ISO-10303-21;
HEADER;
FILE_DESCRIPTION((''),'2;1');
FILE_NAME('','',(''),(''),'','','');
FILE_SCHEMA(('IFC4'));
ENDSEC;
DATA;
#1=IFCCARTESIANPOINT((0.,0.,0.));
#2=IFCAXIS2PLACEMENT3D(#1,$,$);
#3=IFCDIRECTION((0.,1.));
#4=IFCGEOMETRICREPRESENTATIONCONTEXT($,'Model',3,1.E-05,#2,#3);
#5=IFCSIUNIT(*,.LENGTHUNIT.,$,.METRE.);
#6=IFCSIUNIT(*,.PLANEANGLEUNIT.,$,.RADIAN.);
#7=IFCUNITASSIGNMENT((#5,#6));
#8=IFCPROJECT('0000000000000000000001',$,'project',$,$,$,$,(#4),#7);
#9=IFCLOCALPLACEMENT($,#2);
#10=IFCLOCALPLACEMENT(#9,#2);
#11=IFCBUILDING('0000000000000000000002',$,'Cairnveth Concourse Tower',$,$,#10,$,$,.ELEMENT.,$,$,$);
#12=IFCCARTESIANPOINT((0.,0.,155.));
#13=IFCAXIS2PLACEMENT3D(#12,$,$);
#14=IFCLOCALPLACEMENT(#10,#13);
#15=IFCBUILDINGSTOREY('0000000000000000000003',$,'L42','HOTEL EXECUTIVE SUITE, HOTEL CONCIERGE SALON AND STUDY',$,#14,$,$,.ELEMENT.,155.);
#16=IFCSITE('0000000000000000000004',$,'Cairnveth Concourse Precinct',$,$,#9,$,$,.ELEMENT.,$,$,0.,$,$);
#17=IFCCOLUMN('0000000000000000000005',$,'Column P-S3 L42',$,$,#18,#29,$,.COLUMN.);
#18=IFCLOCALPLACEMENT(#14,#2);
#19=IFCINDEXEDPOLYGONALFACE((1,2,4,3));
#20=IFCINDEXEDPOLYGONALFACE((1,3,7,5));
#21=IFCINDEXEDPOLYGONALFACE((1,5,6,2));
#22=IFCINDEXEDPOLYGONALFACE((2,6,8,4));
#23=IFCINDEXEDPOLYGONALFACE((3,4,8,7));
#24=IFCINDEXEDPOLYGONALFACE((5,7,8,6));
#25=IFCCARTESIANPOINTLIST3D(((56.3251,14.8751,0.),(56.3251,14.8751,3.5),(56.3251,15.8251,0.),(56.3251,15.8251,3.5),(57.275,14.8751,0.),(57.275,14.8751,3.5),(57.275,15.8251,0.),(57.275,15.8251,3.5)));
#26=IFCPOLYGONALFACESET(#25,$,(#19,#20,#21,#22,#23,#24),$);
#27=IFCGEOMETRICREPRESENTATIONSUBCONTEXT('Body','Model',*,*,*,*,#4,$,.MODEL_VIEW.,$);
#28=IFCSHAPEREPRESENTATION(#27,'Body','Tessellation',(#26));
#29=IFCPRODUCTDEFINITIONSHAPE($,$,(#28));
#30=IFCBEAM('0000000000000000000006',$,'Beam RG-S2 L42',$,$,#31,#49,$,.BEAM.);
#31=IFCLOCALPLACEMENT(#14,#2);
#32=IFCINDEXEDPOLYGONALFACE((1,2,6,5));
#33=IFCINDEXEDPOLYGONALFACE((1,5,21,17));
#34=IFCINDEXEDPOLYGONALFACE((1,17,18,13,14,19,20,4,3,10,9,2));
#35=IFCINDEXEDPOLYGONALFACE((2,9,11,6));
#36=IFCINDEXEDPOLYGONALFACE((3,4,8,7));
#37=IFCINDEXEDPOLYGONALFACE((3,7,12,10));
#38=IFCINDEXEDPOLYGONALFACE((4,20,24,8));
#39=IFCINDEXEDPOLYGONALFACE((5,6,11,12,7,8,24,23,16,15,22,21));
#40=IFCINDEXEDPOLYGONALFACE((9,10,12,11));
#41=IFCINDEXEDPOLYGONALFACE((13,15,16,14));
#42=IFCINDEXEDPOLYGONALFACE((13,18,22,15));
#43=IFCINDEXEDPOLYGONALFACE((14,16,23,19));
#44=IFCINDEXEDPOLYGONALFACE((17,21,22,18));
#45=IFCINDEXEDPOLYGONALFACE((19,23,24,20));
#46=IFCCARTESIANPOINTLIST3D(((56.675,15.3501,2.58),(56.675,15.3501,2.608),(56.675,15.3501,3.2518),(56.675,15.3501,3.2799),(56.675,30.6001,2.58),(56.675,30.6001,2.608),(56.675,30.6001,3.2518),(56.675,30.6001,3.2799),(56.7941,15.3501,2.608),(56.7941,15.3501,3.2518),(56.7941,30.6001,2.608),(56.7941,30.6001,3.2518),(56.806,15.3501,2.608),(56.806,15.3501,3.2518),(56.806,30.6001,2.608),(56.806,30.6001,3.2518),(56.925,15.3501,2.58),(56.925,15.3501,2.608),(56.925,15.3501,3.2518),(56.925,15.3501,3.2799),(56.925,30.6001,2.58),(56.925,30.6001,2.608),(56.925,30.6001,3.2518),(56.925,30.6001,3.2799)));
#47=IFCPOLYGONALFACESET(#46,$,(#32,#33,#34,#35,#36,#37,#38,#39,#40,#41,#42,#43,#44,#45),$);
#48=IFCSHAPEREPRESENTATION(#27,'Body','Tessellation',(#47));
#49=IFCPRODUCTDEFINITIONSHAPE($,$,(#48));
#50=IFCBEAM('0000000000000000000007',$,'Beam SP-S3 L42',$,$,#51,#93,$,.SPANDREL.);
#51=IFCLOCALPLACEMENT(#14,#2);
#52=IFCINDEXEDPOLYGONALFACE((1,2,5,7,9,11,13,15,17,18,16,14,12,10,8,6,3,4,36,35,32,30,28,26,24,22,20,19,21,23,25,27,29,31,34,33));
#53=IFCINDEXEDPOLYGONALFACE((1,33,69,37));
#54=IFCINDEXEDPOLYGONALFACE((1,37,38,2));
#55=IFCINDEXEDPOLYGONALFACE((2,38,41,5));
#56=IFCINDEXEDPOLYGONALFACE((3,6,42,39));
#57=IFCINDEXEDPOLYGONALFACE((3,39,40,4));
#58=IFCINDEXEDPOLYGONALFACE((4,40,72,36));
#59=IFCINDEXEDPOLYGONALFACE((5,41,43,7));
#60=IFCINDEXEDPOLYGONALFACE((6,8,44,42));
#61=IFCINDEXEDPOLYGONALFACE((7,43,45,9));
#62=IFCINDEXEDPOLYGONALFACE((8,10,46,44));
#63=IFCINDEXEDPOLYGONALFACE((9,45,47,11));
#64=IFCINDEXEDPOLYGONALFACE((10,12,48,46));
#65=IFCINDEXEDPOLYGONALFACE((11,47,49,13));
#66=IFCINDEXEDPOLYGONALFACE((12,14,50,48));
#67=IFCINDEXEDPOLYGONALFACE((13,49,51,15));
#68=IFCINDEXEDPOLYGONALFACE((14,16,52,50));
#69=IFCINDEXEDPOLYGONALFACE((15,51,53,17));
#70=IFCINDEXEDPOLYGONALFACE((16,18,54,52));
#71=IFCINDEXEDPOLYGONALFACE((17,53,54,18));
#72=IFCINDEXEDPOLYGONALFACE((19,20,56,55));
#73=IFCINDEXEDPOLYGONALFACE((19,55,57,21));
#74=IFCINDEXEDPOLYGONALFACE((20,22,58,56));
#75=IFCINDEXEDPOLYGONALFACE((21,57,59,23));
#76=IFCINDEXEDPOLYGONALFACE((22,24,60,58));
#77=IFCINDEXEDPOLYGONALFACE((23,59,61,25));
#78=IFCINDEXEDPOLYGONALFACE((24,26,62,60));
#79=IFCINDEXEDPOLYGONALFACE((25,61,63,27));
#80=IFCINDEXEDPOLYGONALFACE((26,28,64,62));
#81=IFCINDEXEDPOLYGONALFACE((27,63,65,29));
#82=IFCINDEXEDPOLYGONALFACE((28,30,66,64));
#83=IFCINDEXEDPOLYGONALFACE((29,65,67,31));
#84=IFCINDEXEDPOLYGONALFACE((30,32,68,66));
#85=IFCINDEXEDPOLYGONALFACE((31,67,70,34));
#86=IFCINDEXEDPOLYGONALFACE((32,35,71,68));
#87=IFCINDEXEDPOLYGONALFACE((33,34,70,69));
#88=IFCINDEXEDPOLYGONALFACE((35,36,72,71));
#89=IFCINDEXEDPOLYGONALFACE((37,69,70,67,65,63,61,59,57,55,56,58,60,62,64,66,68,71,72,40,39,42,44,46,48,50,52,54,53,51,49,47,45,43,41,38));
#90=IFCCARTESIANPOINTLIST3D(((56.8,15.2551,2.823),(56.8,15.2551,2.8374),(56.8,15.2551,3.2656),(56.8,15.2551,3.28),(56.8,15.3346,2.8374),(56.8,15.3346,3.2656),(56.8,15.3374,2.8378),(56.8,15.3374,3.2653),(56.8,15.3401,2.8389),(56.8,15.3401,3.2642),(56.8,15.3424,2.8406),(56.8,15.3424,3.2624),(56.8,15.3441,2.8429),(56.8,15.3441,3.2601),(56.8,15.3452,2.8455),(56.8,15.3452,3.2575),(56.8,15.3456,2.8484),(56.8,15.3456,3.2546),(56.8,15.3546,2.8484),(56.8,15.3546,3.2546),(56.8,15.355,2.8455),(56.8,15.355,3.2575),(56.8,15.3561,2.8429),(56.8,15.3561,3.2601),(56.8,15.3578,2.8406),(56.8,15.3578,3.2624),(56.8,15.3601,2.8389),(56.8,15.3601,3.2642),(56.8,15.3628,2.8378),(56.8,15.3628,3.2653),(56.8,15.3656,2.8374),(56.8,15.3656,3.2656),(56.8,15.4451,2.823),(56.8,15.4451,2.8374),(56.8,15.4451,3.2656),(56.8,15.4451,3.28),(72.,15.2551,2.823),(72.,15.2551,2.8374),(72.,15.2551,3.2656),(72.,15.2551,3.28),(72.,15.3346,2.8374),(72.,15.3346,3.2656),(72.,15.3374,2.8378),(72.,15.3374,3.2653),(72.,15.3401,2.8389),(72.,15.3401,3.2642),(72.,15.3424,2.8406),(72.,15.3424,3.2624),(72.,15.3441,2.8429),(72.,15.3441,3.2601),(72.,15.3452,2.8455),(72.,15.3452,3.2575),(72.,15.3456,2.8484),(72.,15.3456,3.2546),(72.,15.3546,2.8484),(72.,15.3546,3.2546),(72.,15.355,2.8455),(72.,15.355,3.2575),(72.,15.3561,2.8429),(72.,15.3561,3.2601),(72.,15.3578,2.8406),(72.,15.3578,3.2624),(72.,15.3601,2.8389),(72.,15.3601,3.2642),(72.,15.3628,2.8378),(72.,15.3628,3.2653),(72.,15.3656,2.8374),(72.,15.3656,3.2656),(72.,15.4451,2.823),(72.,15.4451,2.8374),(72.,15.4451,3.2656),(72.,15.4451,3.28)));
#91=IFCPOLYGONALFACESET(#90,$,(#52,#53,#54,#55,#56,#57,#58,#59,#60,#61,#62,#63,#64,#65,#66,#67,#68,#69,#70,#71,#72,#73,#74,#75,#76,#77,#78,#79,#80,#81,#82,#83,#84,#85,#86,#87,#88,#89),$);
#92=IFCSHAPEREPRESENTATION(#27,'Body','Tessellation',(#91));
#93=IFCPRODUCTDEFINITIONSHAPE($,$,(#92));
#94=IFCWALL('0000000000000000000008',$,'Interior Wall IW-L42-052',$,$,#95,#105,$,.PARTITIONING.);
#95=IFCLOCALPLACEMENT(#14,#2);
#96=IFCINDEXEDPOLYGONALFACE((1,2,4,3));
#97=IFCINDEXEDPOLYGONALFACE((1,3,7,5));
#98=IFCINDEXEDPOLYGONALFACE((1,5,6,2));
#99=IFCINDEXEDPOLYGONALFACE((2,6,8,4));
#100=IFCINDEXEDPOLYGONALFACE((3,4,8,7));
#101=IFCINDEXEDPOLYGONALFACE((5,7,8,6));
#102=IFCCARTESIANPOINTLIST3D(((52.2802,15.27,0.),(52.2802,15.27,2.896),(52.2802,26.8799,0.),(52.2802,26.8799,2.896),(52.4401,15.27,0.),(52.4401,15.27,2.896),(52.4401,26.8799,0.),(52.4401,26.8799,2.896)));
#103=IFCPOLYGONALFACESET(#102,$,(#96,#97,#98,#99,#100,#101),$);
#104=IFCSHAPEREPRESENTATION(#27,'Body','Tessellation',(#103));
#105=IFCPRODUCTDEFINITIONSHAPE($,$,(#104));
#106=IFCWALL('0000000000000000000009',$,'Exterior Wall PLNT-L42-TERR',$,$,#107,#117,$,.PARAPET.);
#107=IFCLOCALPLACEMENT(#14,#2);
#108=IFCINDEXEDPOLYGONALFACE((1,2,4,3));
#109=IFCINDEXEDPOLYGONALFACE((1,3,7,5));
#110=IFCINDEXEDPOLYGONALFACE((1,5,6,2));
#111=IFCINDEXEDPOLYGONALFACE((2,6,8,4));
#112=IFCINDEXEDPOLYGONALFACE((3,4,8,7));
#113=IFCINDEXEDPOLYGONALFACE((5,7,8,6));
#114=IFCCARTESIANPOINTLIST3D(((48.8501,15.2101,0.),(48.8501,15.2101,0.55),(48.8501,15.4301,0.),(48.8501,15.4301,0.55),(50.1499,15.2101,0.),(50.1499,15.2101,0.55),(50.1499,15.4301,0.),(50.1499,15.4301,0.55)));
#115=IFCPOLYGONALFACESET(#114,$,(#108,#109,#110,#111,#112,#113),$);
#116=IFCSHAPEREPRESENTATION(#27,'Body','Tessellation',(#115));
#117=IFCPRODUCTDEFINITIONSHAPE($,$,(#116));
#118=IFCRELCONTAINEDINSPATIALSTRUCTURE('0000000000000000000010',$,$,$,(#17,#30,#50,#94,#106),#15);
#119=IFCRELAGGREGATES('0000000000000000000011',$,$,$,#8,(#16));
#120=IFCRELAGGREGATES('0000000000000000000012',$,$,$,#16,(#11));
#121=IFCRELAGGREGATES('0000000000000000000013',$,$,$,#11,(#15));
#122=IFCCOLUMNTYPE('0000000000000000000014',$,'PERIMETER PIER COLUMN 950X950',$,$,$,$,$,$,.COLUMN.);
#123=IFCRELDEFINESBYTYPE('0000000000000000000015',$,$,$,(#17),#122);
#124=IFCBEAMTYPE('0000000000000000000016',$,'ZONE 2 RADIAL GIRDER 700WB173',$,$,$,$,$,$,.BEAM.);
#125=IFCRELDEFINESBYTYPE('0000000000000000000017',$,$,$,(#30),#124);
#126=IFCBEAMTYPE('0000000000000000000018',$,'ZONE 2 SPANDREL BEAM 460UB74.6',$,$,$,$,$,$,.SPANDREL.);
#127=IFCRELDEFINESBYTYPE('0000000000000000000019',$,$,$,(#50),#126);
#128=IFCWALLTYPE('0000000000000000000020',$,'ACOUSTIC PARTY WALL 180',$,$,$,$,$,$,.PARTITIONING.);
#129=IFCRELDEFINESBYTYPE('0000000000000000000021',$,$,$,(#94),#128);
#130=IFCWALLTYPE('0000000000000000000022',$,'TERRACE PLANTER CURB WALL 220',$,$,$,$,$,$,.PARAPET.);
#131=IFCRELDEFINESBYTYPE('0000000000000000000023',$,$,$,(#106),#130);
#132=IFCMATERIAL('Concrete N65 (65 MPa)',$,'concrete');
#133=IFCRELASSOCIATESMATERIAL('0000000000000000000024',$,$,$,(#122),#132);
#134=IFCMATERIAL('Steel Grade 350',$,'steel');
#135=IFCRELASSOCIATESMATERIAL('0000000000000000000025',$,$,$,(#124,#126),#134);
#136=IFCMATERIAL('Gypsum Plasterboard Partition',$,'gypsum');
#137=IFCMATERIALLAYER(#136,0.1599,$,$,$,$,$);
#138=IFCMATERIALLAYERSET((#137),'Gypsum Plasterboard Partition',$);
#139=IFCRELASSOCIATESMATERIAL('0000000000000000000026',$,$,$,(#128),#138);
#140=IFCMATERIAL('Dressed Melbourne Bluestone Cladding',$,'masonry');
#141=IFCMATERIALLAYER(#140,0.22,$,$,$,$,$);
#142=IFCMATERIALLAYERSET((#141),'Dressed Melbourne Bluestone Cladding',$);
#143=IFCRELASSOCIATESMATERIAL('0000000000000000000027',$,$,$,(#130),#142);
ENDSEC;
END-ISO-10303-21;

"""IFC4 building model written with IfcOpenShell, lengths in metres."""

from ifc_helpers import new_model, si_unit, direction, frame, frame_2d, origin, origin_2d, place, context, subcontext, project, spatial, rectangle, i_section, extrude, material, layer, layer_set, material_profile, profile_set, type_object, element, save


model = new_model("IFC4")

# Units and contexts
model_context = context("Model", 3, precision=1e-05, world=origin(), true_north=direction((0.0, 1.0)))
body_context = subcontext(model_context, "Body", "Model", "MODEL_VIEW")
ifc_project = project(units=[si_unit("LENGTHUNIT", "METRE"), si_unit("PLANEANGLEUNIT", "RADIAN")], contexts=[model_context])

# Site, building, storey
site_placement = place(None, origin())
site = spatial("IfcSite", under=ifc_project, at=site_placement, Name="Cairnveth Concourse Precinct", CompositionType="ELEMENT", RefElevation=0.0)
building_placement = place(site_placement, origin())
building = spatial("IfcBuilding", under=site, at=building_placement, Name="Cairnveth Concourse Tower", CompositionType="ELEMENT")
storey_placement = place(building_placement, frame((0.0, 0.0, 155.0)))
storey = spatial("IfcBuildingStorey", under=building, at=storey_placement, Name="L42", Description="HOTEL EXECUTIVE SUITE, HOTEL CONCIERGE SALON AND STUDY", CompositionType="ELEMENT", Elevation=155.0)

# Column
ifc_material_1 = material(Name="Concrete N65 (65 MPa)", Category="concrete")
ifc_material_profile_1 = material_profile(ifc_material_1, rectangle(XDim=0.95, YDim=0.95, at=origin_2d()), Name="RC-COL-950x950")
ifc_profile_set_1 = profile_set([ifc_material_profile_1], Name="Concrete N65 (65 MPa)")
column_type = type_object("IfcColumnType", Name="PERIMETER PIER COLUMN 950X950", PredefinedType="COLUMN", material=ifc_profile_set_1)
column_placement = place(storey_placement, frame((56.8, 15.3501, 0.0), z_axis=(0.0, 0.0, 1.0), x_axis=(1.0, 0.0, 0.0)))
element("IfcColumn", 1, at=column_placement, inside=storey, type_object=column_type, Name="Column P-S3 L42", PredefinedType="COLUMN", context=body_context, shape_type="SweptSolid", body=[
    extrude(rectangle(XDim=0.95, YDim=0.95, at=origin_2d()), origin(), (0.0, 0.0, 1.0), 3.5),
])

# Beams
ifc_material_2 = material(Name="Steel Grade 350", Category="steel")
ifc_material_profile_2 = material_profile(ifc_material_2, i_section(OverallWidth=0.25, OverallDepth=0.7, WebThickness=0.012, FlangeThickness=0.0281, at=origin_2d()), Name="700WB173")
ifc_profile_set_2 = profile_set([ifc_material_profile_2], Name="Steel Grade 350")
beam_type_1 = type_object("IfcBeamType", Name="ZONE 2 RADIAL GIRDER 700WB173", PredefinedType="BEAM", material=ifc_profile_set_2)
beam_1_placement = place(storey_placement, frame((56.8, 15.3501, 2.9299), z_axis=(0.0, 1.0, 0.0), x_axis=(-1.0, 0.0, 0.0)))
element("IfcBeam", 2, at=beam_1_placement, inside=storey, type_object=beam_type_1, Name="Beam RG-S2 L42", PredefinedType="BEAM", context=body_context, shape_type="SweptSolid", body=[
    extrude(i_section(OverallWidth=0.25, OverallDepth=0.7, WebThickness=0.012, FlangeThickness=0.0281, at=origin_2d()), origin(), (0.0, 0.0, 1.0), 15.25),
])
ifc_material_profile_3 = material_profile(ifc_material_2, i_section(OverallWidth=0.1899, OverallDepth=0.457, WebThickness=0.009, FlangeThickness=0.0144, FilletRadius=0.011, at=origin_2d()), Name="460UB74.6")
ifc_profile_set_3 = profile_set([ifc_material_profile_3], Name="Steel Grade 350")
beam_type_2 = type_object("IfcBeamType", Name="ZONE 2 SPANDREL BEAM 460UB74.6", PredefinedType="SPANDREL", material=ifc_profile_set_3)
beam_2_placement = place(storey_placement, frame((56.8, 15.3501, 3.0515), z_axis=(1.0, 0.0, 0.0), x_axis=(0.0, 1.0, 0.0)))
element("IfcBeam", 3, at=beam_2_placement, inside=storey, type_object=beam_type_2, Name="Beam SP-S3 L42", PredefinedType="SPANDREL", context=body_context, shape_type="SweptSolid", body=[
    extrude(i_section(OverallWidth=0.1899, OverallDepth=0.457, WebThickness=0.009, FlangeThickness=0.0144, FilletRadius=0.011, at=origin_2d()), origin(), (0.0, 0.0, 1.0), 15.2),
])

# Walls
ifc_material_3 = material(Name="Gypsum Plasterboard Partition", Category="gypsum")
ifc_layer_1 = layer(ifc_material_3, 0.1599)
ifc_layer_set_1 = layer_set([ifc_layer_1], Name="Gypsum Plasterboard Partition")
wall_type_1 = type_object("IfcWallType", Name="ACOUSTIC PARTY WALL 180", PredefinedType="PARTITIONING", material=ifc_layer_set_1)
wall_1_placement = place(storey_placement, frame((52.3601, 15.27, 0.0), z_axis=(0.0, 0.0, 1.0), x_axis=(0.0, 1.0, 0.0)))
element("IfcWall", 4, at=wall_1_placement, inside=storey, type_object=wall_type_1, Name="Interior Wall IW-L42-052", PredefinedType="PARTITIONING", context=body_context, shape_type="SweptSolid", body=[
    extrude(rectangle(XDim=11.6099, YDim=0.1599, at=frame_2d((5.8049, 0.0))), origin(), (0.0, 0.0, 1.0), 2.896),
])
ifc_material_4 = material(Name="Dressed Melbourne Bluestone Cladding", Category="masonry")
ifc_layer_2 = layer(ifc_material_4, 0.22)
ifc_layer_set_2 = layer_set([ifc_layer_2], Name="Dressed Melbourne Bluestone Cladding")
wall_type_2 = type_object("IfcWallType", Name="TERRACE PLANTER CURB WALL 220", PredefinedType="PARAPET", material=ifc_layer_set_2)
wall_2_placement = place(storey_placement, frame((48.8501, 15.3201, 0.0), z_axis=(0.0, 0.0, 1.0), x_axis=(1.0, 0.0, 0.0)))
element("IfcWall", 5, at=wall_2_placement, inside=storey, type_object=wall_type_2, Name="Exterior Wall PLNT-L42-TERR", PredefinedType="PARAPET", context=body_context, shape_type="SweptSolid", body=[
    extrude(rectangle(XDim=1.2998, YDim=0.22, at=frame_2d((0.6499, 0.0))), origin(), (0.0, 0.0, 1.0), 0.55),
])

save(model, "model.ifc")
